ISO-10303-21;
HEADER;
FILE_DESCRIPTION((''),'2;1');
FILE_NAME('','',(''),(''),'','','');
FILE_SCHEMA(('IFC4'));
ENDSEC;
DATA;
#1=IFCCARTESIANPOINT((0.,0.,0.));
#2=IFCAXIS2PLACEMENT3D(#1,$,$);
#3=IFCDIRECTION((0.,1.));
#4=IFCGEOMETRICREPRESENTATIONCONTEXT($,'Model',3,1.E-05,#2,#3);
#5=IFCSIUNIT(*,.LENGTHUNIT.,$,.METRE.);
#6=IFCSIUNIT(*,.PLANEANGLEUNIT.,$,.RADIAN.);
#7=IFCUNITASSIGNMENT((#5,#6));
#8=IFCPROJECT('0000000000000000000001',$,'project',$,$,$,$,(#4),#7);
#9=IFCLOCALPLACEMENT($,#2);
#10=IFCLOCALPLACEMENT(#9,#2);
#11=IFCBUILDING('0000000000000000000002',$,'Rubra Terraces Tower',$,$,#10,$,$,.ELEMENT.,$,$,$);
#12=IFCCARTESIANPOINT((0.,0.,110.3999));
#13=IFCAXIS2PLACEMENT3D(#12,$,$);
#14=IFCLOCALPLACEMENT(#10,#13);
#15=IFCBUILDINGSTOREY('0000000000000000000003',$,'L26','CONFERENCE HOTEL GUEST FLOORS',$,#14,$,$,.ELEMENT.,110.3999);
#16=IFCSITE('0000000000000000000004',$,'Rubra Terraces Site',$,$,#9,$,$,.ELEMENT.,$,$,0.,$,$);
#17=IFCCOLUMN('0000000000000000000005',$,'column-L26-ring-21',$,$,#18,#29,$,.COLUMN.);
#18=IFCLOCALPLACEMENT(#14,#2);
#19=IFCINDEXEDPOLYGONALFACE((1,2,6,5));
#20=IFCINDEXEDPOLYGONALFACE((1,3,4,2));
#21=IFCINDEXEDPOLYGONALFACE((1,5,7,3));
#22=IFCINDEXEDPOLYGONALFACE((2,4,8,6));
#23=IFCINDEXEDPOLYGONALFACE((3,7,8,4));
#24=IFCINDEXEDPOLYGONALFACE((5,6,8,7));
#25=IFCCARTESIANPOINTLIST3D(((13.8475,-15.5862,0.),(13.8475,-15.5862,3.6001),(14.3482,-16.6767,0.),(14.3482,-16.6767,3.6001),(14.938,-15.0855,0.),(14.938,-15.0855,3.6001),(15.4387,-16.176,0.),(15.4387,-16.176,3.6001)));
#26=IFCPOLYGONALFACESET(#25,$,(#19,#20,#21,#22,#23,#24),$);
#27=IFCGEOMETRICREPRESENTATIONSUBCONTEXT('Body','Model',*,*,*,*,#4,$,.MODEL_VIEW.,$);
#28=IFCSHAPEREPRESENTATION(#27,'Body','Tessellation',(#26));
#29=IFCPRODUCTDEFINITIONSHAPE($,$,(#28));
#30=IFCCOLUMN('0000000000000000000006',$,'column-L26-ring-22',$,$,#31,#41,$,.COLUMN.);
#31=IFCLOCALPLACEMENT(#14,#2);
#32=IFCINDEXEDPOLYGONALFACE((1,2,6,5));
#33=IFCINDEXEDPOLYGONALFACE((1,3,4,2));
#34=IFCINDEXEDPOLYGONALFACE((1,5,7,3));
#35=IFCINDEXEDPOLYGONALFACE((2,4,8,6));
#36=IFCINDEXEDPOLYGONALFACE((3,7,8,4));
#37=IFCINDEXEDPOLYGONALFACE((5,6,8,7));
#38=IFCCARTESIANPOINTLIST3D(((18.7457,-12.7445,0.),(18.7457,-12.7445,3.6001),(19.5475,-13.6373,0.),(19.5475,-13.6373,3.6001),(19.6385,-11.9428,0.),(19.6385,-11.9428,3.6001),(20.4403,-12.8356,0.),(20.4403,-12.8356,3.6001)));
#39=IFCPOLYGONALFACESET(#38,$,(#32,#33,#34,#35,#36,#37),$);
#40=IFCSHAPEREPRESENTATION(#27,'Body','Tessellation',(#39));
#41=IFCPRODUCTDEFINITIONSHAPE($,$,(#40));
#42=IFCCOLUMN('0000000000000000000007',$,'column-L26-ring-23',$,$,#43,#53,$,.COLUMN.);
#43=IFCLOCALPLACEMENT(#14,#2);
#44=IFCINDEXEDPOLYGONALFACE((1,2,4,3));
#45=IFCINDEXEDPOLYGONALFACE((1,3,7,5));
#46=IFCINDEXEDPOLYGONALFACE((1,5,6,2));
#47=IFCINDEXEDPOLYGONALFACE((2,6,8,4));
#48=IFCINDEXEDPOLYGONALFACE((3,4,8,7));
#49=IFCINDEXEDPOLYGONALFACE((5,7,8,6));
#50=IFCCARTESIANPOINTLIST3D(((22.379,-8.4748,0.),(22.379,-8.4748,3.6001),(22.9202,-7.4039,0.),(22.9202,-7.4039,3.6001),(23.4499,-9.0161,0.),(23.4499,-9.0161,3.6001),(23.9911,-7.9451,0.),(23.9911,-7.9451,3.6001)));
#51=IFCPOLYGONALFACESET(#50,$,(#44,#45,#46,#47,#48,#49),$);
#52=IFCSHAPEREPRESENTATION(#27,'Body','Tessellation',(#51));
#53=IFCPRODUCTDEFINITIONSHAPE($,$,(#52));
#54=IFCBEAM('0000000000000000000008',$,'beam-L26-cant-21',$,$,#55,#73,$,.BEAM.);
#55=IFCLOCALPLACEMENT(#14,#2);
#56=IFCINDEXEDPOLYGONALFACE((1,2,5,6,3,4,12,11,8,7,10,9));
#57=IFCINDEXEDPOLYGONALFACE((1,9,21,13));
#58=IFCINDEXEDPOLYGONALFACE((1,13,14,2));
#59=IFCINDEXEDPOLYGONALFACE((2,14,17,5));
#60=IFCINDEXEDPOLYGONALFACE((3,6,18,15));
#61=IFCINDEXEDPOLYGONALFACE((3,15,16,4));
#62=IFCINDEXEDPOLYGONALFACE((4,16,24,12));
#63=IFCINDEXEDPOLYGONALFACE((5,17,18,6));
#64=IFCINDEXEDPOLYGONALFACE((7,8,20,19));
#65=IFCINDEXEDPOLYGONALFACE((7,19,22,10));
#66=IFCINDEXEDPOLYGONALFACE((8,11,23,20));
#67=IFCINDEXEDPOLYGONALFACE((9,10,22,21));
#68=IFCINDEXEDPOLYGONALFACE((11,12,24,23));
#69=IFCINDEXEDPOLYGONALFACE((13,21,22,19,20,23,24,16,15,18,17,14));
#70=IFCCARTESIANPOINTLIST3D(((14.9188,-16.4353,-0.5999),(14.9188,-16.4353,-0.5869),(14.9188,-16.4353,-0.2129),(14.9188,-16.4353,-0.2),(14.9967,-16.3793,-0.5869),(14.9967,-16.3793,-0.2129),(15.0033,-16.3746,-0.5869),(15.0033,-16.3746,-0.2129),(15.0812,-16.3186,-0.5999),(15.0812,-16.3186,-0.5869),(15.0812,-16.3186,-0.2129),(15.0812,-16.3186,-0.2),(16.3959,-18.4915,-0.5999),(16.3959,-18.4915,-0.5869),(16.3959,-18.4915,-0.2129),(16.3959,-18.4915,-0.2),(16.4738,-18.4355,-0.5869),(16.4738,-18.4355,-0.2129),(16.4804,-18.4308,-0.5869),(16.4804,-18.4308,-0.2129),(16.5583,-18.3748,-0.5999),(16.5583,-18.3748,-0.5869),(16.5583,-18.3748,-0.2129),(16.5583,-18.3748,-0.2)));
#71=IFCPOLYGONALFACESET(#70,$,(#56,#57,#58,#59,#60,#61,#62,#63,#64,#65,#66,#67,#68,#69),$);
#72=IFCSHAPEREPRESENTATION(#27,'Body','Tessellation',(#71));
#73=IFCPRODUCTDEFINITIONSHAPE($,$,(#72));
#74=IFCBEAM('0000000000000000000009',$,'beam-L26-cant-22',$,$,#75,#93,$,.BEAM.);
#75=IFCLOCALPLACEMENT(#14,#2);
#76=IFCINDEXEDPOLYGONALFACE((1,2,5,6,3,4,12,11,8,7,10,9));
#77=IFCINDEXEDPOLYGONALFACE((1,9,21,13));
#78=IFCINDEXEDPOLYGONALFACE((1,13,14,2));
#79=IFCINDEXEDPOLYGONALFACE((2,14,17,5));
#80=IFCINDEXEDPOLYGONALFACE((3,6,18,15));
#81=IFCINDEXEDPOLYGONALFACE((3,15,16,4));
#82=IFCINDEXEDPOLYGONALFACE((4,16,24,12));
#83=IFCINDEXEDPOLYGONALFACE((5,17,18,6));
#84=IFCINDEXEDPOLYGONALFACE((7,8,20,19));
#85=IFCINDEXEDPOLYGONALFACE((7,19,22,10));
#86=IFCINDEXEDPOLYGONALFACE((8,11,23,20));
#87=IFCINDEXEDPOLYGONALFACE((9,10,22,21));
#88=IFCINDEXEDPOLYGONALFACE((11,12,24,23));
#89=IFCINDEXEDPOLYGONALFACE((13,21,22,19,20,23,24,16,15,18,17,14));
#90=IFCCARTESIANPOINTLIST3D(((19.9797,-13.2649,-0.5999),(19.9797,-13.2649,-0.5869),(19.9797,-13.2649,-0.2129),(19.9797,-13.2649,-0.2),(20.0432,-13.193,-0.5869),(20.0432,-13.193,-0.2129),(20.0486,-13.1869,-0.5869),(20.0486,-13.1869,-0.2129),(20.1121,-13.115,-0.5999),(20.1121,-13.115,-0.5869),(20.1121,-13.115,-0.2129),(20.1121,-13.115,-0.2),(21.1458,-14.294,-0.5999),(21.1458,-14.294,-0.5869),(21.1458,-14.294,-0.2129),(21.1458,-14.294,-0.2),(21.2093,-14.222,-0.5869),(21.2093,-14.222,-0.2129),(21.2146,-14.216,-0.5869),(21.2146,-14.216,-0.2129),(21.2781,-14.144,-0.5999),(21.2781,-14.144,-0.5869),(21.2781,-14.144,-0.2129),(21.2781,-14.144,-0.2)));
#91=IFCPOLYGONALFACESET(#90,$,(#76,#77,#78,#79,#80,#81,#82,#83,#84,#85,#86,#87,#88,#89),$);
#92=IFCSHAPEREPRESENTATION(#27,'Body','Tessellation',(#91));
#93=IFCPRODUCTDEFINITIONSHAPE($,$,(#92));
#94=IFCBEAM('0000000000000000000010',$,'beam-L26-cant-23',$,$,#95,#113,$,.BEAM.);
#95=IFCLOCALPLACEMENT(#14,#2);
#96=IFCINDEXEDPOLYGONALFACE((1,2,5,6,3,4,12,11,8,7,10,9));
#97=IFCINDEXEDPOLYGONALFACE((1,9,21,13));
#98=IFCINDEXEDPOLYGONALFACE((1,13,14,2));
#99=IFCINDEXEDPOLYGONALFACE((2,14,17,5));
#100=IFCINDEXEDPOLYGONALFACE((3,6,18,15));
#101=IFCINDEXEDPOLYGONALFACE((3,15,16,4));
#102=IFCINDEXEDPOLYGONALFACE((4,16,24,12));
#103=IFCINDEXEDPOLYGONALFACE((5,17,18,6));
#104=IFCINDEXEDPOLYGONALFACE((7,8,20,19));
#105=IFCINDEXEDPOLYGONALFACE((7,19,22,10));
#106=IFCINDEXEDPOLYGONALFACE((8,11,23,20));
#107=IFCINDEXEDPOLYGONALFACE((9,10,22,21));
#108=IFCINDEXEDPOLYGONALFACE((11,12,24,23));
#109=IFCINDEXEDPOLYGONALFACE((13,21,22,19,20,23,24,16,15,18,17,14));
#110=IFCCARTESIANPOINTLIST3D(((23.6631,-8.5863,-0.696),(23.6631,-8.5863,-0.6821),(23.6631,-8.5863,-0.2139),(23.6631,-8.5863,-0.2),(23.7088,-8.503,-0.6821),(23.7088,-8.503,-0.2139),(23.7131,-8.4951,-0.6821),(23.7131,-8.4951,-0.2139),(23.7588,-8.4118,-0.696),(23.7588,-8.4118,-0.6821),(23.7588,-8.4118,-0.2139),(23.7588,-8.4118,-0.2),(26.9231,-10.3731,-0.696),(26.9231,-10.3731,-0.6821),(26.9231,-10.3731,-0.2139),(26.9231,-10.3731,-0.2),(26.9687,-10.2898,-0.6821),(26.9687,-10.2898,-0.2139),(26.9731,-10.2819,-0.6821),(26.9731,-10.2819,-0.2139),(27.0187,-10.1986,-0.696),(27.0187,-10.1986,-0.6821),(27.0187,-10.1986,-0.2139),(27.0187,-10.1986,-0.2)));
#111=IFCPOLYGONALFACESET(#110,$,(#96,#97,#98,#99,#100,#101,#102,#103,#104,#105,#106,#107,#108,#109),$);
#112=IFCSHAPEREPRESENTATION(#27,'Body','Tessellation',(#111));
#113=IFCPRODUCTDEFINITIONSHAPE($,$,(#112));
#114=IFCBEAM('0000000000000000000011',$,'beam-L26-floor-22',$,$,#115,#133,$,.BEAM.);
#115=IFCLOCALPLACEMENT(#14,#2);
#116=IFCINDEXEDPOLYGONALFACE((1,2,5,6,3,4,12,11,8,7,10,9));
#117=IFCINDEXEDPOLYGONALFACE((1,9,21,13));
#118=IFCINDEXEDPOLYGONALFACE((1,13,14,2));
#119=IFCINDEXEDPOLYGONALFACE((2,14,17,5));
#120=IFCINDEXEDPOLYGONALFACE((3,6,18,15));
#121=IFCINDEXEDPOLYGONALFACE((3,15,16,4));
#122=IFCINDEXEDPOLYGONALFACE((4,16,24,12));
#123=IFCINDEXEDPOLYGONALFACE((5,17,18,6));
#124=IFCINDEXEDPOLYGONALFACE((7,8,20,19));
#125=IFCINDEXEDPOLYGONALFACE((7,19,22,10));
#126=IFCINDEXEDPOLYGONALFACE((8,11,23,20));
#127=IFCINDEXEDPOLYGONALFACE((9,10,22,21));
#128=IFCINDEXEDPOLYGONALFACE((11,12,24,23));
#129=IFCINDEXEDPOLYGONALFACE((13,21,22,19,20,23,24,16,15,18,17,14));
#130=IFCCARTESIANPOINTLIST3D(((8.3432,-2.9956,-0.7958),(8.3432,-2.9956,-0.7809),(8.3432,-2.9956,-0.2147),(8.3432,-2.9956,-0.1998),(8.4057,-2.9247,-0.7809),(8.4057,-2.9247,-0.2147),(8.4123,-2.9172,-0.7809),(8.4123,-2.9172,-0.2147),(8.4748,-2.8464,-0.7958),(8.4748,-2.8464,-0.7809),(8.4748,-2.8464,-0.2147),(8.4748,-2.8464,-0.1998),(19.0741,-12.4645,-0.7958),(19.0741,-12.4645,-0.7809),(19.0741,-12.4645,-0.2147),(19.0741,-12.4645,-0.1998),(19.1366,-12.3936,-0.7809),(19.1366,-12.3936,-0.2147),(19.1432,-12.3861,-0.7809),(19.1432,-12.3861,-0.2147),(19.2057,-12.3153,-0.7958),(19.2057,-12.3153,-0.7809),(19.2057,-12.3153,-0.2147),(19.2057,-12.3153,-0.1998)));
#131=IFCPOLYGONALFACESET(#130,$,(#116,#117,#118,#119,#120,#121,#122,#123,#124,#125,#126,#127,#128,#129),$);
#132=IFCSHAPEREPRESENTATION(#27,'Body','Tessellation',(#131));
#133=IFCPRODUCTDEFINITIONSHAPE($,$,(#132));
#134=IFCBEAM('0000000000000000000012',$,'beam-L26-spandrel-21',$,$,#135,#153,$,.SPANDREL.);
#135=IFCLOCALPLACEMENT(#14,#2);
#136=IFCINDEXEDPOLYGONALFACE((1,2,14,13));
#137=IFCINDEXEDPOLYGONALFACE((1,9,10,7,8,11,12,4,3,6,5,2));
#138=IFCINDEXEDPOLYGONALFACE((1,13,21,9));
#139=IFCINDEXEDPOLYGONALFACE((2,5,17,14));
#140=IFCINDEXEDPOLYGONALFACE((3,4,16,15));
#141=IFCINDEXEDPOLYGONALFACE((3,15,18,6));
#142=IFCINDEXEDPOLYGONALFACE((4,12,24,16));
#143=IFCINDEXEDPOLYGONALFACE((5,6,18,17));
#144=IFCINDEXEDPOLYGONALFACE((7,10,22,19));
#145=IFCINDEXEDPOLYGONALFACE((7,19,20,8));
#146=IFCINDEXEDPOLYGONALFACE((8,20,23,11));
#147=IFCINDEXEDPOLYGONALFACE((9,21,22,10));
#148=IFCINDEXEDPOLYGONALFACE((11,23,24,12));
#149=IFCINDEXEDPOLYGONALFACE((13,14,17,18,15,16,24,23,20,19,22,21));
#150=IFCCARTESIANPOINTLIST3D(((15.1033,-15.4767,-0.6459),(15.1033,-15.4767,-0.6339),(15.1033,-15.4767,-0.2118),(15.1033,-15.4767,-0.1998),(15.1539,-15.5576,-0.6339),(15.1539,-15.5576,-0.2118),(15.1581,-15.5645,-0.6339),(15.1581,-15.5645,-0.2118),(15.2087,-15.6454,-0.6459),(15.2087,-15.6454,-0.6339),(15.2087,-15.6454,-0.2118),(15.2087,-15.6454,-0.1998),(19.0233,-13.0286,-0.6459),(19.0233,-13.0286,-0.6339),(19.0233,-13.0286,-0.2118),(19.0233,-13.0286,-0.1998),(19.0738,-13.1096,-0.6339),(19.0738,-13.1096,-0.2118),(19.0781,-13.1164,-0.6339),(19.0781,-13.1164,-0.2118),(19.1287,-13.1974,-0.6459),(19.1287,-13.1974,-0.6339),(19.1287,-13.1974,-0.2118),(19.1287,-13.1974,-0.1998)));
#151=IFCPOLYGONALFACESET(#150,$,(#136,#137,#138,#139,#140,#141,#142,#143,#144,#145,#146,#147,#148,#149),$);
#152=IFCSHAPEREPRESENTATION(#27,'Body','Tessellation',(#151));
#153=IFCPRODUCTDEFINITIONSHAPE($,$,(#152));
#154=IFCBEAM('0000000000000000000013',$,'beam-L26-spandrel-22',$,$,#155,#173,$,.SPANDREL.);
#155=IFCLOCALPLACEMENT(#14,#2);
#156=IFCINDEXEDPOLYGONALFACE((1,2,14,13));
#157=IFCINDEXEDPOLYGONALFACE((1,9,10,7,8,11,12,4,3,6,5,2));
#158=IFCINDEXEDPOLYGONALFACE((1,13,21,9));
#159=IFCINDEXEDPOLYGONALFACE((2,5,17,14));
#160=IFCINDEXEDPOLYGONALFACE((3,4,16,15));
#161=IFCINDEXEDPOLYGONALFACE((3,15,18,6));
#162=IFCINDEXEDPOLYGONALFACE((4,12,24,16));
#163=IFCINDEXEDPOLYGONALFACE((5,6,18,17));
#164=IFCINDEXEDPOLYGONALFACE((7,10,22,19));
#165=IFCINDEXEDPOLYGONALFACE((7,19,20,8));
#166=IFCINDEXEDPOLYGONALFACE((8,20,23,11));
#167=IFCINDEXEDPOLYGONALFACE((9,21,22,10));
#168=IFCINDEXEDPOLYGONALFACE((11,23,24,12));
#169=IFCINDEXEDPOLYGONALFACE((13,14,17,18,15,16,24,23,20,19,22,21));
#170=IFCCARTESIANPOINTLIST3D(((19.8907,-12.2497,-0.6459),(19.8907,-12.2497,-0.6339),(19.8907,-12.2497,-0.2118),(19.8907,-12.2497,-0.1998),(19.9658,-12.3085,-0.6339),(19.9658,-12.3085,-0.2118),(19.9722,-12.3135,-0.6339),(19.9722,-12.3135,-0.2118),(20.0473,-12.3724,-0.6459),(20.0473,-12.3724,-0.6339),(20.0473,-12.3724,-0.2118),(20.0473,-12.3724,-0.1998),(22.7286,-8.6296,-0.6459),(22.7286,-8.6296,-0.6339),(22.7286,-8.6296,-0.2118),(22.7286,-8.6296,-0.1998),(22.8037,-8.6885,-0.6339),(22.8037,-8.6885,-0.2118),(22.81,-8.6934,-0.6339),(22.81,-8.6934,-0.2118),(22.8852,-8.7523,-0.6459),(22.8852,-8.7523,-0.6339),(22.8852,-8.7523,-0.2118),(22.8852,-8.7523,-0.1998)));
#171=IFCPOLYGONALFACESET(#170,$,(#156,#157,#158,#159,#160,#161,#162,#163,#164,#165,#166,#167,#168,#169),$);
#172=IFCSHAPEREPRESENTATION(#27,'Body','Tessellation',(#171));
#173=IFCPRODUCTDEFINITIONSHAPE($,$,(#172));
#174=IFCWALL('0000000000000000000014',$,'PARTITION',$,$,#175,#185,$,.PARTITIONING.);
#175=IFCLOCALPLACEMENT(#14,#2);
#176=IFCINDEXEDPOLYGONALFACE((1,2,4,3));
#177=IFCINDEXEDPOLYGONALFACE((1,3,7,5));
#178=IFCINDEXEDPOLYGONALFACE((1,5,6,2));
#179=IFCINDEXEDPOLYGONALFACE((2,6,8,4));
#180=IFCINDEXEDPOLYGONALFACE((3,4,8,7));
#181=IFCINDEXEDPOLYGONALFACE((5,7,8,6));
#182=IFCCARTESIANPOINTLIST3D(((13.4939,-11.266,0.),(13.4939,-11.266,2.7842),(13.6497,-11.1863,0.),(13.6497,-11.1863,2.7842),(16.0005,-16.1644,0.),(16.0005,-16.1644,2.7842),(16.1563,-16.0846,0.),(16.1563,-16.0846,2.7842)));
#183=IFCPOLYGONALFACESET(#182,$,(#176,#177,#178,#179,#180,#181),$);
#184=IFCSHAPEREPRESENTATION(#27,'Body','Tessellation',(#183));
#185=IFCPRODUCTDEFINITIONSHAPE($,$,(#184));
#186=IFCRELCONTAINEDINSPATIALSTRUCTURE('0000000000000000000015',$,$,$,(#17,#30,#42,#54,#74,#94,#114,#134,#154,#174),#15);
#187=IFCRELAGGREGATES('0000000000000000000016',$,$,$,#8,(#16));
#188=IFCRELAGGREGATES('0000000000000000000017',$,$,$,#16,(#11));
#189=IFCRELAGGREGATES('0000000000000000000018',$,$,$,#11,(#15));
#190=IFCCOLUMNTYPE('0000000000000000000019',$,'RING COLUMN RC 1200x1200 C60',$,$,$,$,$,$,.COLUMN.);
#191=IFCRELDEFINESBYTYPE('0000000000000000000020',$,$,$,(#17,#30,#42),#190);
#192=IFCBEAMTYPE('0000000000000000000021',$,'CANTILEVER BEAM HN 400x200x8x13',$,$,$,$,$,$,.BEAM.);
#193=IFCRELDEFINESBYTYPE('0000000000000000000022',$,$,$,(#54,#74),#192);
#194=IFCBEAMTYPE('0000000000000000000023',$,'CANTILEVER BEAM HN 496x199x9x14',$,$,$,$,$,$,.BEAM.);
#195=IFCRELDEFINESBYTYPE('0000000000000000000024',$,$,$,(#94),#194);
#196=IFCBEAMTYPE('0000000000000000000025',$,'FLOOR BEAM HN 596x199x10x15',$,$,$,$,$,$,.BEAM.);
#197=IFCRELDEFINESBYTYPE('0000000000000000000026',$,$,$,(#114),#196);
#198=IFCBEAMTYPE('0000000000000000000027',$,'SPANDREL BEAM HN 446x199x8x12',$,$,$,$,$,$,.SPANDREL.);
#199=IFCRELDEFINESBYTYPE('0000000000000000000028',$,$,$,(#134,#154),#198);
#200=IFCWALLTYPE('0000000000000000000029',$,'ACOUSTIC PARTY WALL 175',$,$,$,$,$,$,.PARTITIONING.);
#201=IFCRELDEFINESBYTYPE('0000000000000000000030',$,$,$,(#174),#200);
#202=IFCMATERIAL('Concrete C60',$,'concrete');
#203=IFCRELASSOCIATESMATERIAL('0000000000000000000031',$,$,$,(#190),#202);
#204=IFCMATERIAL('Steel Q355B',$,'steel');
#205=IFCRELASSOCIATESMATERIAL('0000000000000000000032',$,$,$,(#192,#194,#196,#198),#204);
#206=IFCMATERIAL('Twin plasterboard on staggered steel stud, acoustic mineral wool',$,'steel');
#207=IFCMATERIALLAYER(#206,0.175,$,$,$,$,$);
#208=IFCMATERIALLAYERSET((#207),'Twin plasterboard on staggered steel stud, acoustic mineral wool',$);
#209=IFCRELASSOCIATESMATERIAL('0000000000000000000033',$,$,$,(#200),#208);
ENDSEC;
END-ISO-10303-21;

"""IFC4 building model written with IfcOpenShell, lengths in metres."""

from ifc_helpers import new_model, si_unit, direction, frame, frame_2d, origin, origin_2d, place, context, subcontext, project, spatial, rectangle, i_section, extrude, material, layer, layer_set, material_profile, profile_set, type_object, element, save


model = new_model("IFC4")

# Units and contexts
model_context = context("Model", 3, precision=1e-05, world=origin(), true_north=direction((0.0, 1.0)))
body_context = subcontext(model_context, "Body", "Model", "MODEL_VIEW")
ifc_project = project(units=[si_unit("LENGTHUNIT", "METRE"), si_unit("PLANEANGLEUNIT", "RADIAN")], contexts=[model_context])

# Site, building, storey
site_placement = place(None, origin())
site = spatial("IfcSite", under=ifc_project, at=site_placement, Name="Rubra Terraces Site", CompositionType="ELEMENT", RefElevation=0.0)
building_placement = place(site_placement, origin())
building = spatial("IfcBuilding", under=site, at=building_placement, Name="Rubra Terraces Tower", CompositionType="ELEMENT")
storey_placement = place(building_placement, frame((0.0, 0.0, 110.3999)))
storey = spatial("IfcBuildingStorey", under=building, at=storey_placement, Name="L26", Description="CONFERENCE HOTEL GUEST FLOORS", CompositionType="ELEMENT", Elevation=110.3999)

# Columns
ifc_material_1 = material(Name="Concrete C60", Category="concrete")
ifc_material_profile_1 = material_profile(ifc_material_1, rectangle(XDim=1.2, YDim=1.2, at=origin_2d()), Name="RC 1200x1200")
ifc_profile_set_1 = profile_set([ifc_material_profile_1], Name="Concrete C60")
column_type = type_object("IfcColumnType", Name="RING COLUMN RC 1200x1200 C60", PredefinedType="COLUMN", material=ifc_profile_set_1)
for number, where, z_axis, x_axis, name in (
    (1, (14.6431, -15.8811, 0.0), (0.0, 0.0, 1.0), (0.908779, 0.417279, 0.0), "column-L26-ring-21"),
    (2, (19.593, -12.79, 0.0), (0.0, 0.0, 1.0), (0.744021, 0.668156, 0.0), "column-L26-ring-22"),
    (3, (23.1851, -8.21, 0.0), (0.0, 0.0, 1.0), (0.451028, 0.89251, 0.0), "column-L26-ring-23"),
):
    element("IfcColumn", number, at=place(storey_placement, frame(where, z_axis=z_axis, x_axis=x_axis)), inside=storey, type_object=column_type, Name=name, PredefinedType="COLUMN", context=body_context, shape_type="SweptSolid", body=[
        extrude(rectangle(XDim=1.2, YDim=1.2, at=origin_2d()), origin(), (0.0, 0.0, 1.0), 3.6001),
    ])

# Beams
ifc_material_2 = material(Name="Steel Q355B", Category="steel")
ifc_material_profile_2 = material_profile(ifc_material_2, i_section(OverallWidth=0.2, OverallDepth=0.3999, WebThickness=0.0081, FlangeThickness=0.0129, at=origin_2d()), Name="HN 400x200x8x13")
ifc_profile_set_2 = profile_set([ifc_material_profile_2], Name="Steel Q355B")
beam_type_1 = type_object("IfcBeamType", Name="CANTILEVER BEAM HN 400x200x8x13", PredefinedType="BEAM", material=ifc_profile_set_2)
beam_1_placement = place(storey_placement, frame((15.0, -16.377, -0.3999), z_axis=(0.583425, -0.812167, 0.0), x_axis=(0.812167, 0.583425, 0.0)))
element("IfcBeam", 4, at=beam_1_placement, inside=storey, type_object=beam_type_1, Name="beam-L26-cant-21", PredefinedType="BEAM", context=body_context, shape_type="SweptSolid", body=[
    extrude(i_section(OverallWidth=0.2, OverallDepth=0.3999, WebThickness=0.0081, FlangeThickness=0.0129, at=origin_2d()), origin(), (0.0, 0.0, 1.0), 2.5317),
])
beam_2_placement = place(storey_placement, frame((20.0459, -13.1899, -0.3999), z_axis=(0.749769, -0.6617, 0.0), x_axis=(0.6617, 0.749769, 0.0)))
element("IfcBeam", 5, at=beam_2_placement, inside=storey, type_object=beam_type_1, Name="beam-L26-cant-22", PredefinedType="BEAM", context=body_context, shape_type="SweptSolid", body=[
    extrude(i_section(OverallWidth=0.2, OverallDepth=0.3999, WebThickness=0.0081, FlangeThickness=0.0129, at=origin_2d()), origin(), (0.0, 0.0, 1.0), 1.5552),
])
ifc_material_profile_3 = material_profile(ifc_material_2, i_section(OverallWidth=0.199, OverallDepth=0.4961, WebThickness=0.009, FlangeThickness=0.0139, at=origin_2d()), Name="HN 496x199x9x14")
ifc_profile_set_3 = profile_set([ifc_material_profile_3], Name="Steel Q355B")
beam_type_2 = type_object("IfcBeamType", Name="CANTILEVER BEAM HN 496x199x9x14", PredefinedType="BEAM", material=ifc_profile_set_3)
beam_3_placement = place(storey_placement, frame((23.7109, -8.499, -0.448), z_axis=(0.876912, -0.48065, 0.0), x_axis=(0.48065, 0.876912, 0.0)))
element("IfcBeam", 6, at=beam_3_placement, inside=storey, type_object=beam_type_2, Name="beam-L26-cant-23", PredefinedType="BEAM", context=body_context, shape_type="SweptSolid", body=[
    extrude(i_section(OverallWidth=0.199, OverallDepth=0.4961, WebThickness=0.009, FlangeThickness=0.0139, at=origin_2d()), origin(), (0.0, 0.0, 1.0), 3.7175),
])
ifc_material_profile_4 = material_profile(ifc_material_2, i_section(OverallWidth=0.199, OverallDepth=0.5959, WebThickness=0.01, FlangeThickness=0.0149, at=origin_2d()), Name="HN 596x199x10x15")
ifc_profile_set_4 = profile_set([ifc_material_profile_4], Name="Steel Q355B")
beam_type_3 = type_object("IfcBeamType", Name="FLOOR BEAM HN 596x199x10x15", PredefinedType="BEAM", material=ifc_profile_set_4)
beam_4_placement = place(storey_placement, frame((19.1399, -12.3899, -0.4978), z_axis=(-0.74982, 0.661641, 0.0), x_axis=(-0.661641, -0.74982, 0.0)))
element("IfcBeam", 7, at=beam_4_placement, inside=storey, type_object=beam_type_3, Name="beam-L26-floor-22", PredefinedType="BEAM", context=body_context, shape_type="SweptSolid", body=[
    extrude(i_section(OverallWidth=0.199, OverallDepth=0.5959, WebThickness=0.01, FlangeThickness=0.0149, at=origin_2d()), origin(), (0.0, 0.0, 1.0), 14.3113),
])
ifc_material_profile_5 = material_profile(ifc_material_2, i_section(OverallWidth=0.199, OverallDepth=0.446, WebThickness=0.0081, FlangeThickness=0.012, at=origin_2d()), Name="HN 446x199x8x12")
ifc_profile_set_5 = profile_set([ifc_material_profile_5], Name="Steel Q355B")
beam_type_4 = type_object("IfcBeamType", Name="SPANDREL BEAM HN 446x199x8x12", PredefinedType="SPANDREL", material=ifc_profile_set_5)
beam_5_placement = place(storey_placement, frame((15.156, -15.561, -0.4229), z_axis=(0.848188, 0.529695, 0.0), x_axis=(-0.529695, 0.848188, 0.0)))
element("IfcBeam", 8, at=beam_5_placement, inside=storey, type_object=beam_type_4, Name="beam-L26-spandrel-21", PredefinedType="SPANDREL", context=body_context, shape_type="SweptSolid", body=[
    extrude(i_section(OverallWidth=0.199, OverallDepth=0.446, WebThickness=0.0081, FlangeThickness=0.012, at=origin_2d()), origin(), (0.0, 0.0, 1.0), 4.6216),
])
beam_6_placement = place(storey_placement, frame((19.969, -12.311, -0.4229), z_axis=(0.616949, 0.787003, 0.0), x_axis=(-0.787003, 0.616949, 0.0)))
element("IfcBeam", 9, at=beam_6_placement, inside=storey, type_object=beam_type_4, Name="beam-L26-spandrel-22", PredefinedType="SPANDREL", context=body_context, shape_type="SweptSolid", body=[
    extrude(i_section(OverallWidth=0.199, OverallDepth=0.446, WebThickness=0.0081, FlangeThickness=0.012, at=origin_2d()), origin(), (0.0, 0.0, 1.0), 4.5999),
])

# Wall
ifc_material_3 = material(Name="Twin plasterboard on staggered steel stud, acoustic mineral wool", Category="steel")
ifc_layer_1 = layer(ifc_material_3, 0.175)
ifc_layer_set_1 = layer_set([ifc_layer_1], Name="Twin plasterboard on staggered steel stud, acoustic mineral wool")
wall_type_1 = type_object("IfcWallType", Name="ACOUSTIC PARTY WALL 175", PredefinedType="PARTITIONING", material=ifc_layer_set_1)
wall_1_placement = place(storey_placement, frame((16.0784, -16.1245, 0.0), z_axis=(0.0, 0.0, 1.0), x_axis=(-0.455536, 0.890218, 0.0)))
element("IfcWall", 10, at=wall_1_placement, inside=storey, type_object=wall_type_1, Name="PARTITION", PredefinedType="PARTITIONING", context=body_context, shape_type="SweptSolid", body=[
    extrude(rectangle(XDim=5.5024, YDim=0.175, at=frame_2d((2.7512, 0.0))), origin(), (0.0, 0.0, 1.0), 2.7842),
])

save(model, "model.ifc")
